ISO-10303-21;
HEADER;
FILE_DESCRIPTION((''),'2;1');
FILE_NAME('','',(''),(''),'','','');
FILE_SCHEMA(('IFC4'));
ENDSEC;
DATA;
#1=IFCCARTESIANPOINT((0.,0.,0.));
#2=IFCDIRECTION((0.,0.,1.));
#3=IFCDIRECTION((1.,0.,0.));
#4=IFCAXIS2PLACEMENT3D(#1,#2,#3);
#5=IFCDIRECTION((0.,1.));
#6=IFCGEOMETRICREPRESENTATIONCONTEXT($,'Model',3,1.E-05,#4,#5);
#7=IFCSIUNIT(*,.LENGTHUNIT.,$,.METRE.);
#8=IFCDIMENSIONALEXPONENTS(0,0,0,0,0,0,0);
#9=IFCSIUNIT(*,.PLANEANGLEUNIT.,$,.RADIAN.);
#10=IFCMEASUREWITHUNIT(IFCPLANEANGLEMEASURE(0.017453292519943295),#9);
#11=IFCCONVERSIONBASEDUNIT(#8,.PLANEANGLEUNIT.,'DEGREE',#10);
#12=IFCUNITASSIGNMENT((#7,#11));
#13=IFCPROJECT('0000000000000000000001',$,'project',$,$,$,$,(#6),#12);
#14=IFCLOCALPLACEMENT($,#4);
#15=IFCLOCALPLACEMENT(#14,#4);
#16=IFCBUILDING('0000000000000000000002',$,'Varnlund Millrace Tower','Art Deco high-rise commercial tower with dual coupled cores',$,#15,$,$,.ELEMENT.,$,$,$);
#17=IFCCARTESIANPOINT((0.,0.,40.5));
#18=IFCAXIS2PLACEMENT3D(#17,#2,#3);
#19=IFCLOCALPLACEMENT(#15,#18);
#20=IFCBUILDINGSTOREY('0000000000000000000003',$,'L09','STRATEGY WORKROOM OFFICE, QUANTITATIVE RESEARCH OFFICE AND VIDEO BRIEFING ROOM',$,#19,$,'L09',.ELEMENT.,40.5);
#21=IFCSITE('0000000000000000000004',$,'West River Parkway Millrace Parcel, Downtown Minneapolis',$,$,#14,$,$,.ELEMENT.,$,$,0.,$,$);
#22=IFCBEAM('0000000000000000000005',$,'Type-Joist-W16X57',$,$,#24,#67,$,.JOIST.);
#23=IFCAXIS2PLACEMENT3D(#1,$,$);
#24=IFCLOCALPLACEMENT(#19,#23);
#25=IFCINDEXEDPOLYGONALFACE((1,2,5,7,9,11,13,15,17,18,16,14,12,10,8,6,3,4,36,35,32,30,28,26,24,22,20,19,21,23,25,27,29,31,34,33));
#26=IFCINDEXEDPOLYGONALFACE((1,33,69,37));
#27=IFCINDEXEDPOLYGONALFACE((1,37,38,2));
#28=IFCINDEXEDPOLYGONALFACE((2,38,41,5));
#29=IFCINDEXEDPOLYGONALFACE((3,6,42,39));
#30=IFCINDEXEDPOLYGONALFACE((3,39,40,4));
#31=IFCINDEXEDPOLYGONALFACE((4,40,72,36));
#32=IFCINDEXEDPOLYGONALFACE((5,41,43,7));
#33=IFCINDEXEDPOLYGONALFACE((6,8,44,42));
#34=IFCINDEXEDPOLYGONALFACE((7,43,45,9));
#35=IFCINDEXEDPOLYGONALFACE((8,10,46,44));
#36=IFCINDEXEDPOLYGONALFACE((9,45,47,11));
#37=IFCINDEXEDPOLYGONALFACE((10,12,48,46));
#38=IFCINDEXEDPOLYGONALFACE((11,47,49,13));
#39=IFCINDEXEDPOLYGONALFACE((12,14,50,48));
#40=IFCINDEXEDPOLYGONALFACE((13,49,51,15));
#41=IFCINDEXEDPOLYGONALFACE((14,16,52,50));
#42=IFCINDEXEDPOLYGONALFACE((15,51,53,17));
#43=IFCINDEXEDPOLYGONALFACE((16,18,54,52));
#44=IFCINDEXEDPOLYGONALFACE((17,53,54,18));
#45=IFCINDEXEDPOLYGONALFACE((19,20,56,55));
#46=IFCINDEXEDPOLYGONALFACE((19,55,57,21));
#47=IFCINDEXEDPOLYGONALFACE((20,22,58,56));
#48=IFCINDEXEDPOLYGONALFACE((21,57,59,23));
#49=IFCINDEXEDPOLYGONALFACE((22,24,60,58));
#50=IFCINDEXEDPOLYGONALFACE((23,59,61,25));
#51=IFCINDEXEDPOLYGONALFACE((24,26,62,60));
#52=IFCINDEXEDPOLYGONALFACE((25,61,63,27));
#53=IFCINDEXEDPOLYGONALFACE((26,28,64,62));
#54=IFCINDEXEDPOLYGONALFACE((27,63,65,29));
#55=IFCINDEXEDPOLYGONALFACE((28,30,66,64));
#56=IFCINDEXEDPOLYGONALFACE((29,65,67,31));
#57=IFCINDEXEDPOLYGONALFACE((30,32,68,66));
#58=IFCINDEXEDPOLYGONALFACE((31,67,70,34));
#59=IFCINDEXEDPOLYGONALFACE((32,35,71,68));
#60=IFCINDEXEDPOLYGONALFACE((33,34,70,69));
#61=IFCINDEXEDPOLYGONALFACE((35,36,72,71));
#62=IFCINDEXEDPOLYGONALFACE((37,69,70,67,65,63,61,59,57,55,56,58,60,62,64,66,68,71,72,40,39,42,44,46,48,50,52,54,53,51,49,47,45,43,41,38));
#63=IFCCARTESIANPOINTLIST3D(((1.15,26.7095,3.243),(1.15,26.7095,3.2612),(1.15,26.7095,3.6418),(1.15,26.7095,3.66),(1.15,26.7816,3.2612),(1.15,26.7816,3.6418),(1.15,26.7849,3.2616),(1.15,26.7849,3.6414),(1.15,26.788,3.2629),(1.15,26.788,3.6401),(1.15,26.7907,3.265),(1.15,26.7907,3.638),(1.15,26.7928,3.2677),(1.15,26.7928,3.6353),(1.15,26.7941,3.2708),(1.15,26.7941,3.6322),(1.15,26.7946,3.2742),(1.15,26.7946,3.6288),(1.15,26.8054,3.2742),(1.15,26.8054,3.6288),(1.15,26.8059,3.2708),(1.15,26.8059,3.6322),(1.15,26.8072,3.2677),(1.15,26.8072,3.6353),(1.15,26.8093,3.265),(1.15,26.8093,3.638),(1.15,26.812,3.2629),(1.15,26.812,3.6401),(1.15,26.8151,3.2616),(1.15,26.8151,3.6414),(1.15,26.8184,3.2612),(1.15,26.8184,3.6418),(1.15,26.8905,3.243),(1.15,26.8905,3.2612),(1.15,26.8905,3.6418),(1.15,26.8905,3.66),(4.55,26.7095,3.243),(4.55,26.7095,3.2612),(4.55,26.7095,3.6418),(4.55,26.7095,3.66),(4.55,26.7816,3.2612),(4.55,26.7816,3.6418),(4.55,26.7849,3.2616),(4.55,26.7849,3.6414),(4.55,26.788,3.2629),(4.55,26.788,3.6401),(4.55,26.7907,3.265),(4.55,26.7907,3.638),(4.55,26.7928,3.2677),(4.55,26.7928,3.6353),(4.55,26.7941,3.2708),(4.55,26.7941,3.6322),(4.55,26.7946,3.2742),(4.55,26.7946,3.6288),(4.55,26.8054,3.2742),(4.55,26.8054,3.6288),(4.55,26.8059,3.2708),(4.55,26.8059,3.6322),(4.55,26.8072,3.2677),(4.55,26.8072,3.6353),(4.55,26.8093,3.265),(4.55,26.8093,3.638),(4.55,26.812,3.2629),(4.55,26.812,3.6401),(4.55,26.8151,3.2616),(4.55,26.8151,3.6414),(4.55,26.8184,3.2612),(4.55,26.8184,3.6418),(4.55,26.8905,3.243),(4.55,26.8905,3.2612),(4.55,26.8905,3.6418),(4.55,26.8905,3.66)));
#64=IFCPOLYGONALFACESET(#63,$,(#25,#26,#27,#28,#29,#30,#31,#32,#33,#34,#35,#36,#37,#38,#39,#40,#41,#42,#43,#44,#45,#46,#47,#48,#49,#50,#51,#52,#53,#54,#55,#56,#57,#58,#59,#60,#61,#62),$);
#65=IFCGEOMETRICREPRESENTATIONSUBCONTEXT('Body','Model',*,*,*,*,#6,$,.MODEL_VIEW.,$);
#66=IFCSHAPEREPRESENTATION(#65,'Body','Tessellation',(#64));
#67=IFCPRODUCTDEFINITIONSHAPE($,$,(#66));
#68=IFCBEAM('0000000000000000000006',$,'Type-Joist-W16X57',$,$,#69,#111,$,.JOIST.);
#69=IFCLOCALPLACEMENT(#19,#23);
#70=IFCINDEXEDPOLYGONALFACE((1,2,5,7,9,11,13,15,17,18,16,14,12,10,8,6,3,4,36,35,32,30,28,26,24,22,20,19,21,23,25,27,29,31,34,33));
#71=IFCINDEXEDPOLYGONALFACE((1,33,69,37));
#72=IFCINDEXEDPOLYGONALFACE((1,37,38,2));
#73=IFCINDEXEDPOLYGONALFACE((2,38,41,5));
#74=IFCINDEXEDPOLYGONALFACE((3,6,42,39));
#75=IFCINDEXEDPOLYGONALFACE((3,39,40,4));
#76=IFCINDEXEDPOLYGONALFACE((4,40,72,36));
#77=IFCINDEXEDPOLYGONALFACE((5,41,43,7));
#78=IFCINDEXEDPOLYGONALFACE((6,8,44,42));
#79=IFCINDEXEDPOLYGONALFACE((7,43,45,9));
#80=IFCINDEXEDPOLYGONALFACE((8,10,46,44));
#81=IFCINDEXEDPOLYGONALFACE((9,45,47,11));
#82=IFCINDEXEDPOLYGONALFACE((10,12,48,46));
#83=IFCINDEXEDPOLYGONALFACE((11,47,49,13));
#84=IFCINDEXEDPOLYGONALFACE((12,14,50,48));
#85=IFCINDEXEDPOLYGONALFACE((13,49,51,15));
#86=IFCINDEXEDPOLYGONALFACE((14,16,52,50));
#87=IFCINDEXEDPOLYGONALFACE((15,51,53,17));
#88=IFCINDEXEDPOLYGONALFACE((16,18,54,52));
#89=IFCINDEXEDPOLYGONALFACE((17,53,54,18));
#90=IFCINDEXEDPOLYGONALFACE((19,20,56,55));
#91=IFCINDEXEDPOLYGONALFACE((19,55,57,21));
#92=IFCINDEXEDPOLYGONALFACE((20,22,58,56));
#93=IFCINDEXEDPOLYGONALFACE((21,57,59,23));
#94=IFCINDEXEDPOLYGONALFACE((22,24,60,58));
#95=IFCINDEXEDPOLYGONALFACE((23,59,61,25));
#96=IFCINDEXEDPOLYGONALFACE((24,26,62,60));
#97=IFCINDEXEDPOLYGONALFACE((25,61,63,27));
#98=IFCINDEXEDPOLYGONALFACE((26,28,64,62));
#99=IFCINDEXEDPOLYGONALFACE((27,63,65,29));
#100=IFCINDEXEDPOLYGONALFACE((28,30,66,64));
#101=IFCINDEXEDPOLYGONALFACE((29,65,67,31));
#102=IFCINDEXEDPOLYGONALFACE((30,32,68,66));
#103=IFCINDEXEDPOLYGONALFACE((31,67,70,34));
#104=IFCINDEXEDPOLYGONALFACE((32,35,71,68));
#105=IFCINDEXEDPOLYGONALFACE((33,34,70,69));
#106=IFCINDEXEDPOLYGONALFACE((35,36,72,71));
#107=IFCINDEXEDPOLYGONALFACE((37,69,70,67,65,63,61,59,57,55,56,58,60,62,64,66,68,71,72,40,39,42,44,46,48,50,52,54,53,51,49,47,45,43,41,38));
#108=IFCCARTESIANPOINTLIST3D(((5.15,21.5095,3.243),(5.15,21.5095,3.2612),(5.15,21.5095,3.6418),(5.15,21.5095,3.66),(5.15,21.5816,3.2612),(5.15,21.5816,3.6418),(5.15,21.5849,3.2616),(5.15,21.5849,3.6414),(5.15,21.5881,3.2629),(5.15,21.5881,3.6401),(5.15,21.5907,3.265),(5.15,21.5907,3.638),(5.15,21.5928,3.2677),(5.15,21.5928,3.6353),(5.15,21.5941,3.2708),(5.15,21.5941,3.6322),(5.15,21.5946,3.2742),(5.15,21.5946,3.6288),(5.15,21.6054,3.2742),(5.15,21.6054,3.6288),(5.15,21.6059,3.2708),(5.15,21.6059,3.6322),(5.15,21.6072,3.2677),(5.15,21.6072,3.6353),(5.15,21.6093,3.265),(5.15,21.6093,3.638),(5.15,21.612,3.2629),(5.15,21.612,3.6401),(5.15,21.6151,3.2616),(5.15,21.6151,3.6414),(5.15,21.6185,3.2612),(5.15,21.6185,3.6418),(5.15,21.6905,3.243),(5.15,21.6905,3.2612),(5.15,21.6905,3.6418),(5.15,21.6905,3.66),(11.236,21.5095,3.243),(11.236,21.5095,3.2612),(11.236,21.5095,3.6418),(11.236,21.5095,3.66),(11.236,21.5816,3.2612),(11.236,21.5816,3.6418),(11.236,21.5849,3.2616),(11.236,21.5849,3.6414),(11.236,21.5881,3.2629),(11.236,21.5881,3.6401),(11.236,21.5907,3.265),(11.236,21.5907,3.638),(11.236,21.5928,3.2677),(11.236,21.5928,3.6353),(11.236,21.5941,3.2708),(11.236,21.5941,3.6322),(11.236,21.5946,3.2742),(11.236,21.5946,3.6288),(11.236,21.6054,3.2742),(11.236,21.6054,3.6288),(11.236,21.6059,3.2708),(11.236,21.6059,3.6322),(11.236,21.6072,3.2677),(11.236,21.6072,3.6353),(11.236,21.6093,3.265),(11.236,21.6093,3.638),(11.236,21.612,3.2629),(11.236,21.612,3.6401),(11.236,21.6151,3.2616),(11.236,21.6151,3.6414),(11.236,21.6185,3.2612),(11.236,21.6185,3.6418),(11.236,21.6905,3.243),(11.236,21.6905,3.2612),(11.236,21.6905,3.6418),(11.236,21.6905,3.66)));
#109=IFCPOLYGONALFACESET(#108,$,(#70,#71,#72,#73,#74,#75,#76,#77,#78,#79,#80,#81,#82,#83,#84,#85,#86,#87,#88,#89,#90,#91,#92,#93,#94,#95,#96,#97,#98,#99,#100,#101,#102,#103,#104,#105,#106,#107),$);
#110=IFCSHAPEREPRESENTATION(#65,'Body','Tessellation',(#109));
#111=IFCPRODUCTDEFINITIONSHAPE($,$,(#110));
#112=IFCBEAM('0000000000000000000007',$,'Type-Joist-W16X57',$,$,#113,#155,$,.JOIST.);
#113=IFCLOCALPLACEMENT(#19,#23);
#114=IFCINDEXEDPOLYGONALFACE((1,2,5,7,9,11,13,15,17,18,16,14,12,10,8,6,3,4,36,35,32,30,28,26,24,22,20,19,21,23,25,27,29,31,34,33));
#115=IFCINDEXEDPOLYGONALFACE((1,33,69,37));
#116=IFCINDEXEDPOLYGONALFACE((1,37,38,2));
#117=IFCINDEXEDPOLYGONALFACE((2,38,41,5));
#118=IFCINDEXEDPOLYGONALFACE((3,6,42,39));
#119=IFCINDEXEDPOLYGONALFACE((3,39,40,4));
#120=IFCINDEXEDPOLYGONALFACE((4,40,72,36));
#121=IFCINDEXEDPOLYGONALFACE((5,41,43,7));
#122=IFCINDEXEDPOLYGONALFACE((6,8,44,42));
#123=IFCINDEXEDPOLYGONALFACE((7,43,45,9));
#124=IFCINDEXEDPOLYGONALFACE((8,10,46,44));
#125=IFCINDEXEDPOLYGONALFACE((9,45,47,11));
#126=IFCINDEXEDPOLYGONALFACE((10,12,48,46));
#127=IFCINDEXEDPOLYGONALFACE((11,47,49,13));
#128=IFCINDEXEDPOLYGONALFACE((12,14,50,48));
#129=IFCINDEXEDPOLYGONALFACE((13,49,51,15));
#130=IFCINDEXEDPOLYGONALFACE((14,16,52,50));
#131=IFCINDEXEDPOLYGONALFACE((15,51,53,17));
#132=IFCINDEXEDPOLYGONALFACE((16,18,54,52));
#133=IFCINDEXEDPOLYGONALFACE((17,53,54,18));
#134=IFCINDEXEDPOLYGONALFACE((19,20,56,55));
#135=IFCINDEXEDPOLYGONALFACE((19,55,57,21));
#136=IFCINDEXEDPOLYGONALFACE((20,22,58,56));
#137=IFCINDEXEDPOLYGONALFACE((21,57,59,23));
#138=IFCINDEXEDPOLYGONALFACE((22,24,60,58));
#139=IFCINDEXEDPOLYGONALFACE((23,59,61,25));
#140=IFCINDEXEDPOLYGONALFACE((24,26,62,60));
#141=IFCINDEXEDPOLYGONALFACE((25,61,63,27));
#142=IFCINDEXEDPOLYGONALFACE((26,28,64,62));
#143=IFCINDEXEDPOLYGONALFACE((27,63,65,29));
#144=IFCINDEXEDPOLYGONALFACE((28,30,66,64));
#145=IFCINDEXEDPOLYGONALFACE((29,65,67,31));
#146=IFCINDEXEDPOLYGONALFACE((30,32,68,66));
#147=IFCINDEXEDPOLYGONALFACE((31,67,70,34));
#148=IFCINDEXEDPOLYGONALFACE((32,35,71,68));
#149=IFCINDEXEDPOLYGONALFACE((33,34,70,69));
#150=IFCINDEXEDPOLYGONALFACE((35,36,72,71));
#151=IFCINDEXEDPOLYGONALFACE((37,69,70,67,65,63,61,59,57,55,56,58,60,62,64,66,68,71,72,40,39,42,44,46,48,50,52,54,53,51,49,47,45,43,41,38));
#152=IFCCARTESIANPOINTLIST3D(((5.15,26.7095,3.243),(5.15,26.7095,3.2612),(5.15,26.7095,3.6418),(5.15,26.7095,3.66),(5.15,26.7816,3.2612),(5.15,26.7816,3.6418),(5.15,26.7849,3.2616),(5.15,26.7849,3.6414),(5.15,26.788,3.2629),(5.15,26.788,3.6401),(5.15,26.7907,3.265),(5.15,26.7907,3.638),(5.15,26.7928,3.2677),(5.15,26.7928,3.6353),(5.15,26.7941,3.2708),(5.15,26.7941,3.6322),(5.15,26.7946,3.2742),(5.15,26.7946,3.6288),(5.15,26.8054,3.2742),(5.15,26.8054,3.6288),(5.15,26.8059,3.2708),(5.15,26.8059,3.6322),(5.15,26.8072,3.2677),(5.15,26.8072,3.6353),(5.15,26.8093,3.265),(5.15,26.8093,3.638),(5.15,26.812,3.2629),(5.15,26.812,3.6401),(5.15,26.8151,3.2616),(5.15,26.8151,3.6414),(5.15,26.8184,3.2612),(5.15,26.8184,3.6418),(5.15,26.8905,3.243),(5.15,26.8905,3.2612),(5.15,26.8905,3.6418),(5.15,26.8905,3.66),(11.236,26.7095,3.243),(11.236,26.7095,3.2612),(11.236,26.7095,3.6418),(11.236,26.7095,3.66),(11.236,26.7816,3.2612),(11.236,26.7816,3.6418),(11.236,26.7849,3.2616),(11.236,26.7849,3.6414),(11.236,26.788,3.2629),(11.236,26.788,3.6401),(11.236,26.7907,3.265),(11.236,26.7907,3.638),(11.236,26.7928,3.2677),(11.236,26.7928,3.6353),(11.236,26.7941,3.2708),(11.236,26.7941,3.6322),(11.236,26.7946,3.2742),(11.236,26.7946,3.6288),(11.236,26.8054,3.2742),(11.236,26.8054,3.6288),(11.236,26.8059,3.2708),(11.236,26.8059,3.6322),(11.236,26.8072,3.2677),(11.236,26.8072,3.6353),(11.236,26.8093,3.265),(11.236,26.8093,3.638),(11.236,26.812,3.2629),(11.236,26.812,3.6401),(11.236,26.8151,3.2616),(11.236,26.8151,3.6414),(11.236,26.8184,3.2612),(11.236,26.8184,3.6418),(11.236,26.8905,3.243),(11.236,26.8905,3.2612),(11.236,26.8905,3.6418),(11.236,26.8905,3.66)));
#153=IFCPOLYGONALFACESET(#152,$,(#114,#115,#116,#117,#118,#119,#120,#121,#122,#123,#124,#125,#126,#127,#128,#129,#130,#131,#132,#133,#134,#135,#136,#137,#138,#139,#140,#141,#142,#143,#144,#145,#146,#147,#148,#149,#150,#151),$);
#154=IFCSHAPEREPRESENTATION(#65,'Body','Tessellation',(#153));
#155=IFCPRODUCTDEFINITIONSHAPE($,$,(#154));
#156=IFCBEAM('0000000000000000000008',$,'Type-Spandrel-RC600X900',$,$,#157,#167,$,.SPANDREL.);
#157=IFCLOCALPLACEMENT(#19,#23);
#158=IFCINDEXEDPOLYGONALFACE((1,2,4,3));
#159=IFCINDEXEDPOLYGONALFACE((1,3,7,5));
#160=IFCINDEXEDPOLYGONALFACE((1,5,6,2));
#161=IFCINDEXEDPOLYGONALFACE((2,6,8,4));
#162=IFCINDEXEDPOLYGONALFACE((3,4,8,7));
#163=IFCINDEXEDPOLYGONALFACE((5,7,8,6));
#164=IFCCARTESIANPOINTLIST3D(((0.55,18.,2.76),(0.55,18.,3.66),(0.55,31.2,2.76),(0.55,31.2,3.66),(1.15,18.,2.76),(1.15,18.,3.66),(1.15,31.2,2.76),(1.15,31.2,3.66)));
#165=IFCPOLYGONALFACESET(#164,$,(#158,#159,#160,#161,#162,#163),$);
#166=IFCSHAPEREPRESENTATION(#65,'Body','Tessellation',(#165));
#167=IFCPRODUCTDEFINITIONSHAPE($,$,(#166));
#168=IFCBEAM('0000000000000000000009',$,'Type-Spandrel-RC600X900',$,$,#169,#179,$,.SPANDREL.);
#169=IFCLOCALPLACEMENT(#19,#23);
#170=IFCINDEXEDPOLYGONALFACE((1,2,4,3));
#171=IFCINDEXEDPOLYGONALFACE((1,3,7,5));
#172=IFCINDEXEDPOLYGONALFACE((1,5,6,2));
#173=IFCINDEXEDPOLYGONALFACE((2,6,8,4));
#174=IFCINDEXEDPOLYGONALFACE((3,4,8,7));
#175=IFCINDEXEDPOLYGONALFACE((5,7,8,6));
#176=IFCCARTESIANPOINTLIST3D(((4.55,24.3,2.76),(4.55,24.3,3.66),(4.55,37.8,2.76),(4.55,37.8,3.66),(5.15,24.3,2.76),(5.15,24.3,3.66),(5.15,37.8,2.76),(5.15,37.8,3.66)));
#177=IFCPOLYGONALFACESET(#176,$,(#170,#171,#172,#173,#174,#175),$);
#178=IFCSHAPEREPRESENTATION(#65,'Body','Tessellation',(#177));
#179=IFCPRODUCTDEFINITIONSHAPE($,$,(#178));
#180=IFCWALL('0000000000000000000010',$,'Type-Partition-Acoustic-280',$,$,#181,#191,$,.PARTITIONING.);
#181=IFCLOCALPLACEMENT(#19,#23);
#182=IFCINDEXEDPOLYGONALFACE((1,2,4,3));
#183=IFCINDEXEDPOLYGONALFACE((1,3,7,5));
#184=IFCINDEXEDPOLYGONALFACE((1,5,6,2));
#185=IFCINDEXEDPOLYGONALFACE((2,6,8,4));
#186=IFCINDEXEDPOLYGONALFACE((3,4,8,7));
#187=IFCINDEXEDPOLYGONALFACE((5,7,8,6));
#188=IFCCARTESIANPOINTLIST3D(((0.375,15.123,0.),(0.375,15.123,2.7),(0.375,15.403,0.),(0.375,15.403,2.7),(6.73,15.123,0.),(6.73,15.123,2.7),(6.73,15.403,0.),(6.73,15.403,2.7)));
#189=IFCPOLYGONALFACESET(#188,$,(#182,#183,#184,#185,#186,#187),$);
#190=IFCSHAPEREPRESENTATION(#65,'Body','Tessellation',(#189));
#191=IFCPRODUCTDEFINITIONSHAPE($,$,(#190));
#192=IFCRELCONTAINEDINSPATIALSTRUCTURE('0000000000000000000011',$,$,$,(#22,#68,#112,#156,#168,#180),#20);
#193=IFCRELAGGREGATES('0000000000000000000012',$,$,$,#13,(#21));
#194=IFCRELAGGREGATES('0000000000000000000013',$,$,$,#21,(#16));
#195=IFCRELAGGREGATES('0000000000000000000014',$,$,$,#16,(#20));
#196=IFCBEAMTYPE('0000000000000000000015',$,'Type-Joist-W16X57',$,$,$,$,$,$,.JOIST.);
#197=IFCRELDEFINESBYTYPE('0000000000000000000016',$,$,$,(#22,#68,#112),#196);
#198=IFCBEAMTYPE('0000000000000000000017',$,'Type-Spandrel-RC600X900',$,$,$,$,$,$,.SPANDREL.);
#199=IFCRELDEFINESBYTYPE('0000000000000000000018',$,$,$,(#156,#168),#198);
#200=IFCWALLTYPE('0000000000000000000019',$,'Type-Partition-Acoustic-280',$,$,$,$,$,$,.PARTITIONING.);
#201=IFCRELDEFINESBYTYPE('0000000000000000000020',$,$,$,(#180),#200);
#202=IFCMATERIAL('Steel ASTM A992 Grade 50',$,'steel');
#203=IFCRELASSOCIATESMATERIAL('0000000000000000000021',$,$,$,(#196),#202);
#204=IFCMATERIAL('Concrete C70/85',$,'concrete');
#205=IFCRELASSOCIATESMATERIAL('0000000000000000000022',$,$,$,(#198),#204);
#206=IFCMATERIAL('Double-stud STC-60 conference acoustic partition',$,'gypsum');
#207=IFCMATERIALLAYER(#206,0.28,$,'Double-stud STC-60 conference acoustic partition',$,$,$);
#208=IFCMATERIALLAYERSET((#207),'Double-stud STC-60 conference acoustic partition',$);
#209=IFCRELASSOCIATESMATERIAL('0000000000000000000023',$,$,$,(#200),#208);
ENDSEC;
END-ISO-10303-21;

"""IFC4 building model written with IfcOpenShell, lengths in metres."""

from ifc_helpers import new_model, entity, si_unit, converted_unit, direction, frame, origin_with_axes, origin_2d_with_axis, place, context, subcontext, project, spatial, polyline, rectangle, i_section, outline, extrude, material, layer, layer_set, material_profile, profile_set, type_object, element, save


model = new_model("IFC4")

# Units and contexts
model_context = context("Model", 3, precision=1e-05, world=origin_with_axes(), true_north=direction((0.0, 1.0)))
body_context = subcontext(model_context, "Body", "Model", "MODEL_VIEW")
ifc_project = project(units=[si_unit("LENGTHUNIT", "METRE"), converted_unit("PLANEANGLEUNIT", "DEGREE", entity("IfcPlaneAngleMeasure", 0.017453292519943295), si_unit("PLANEANGLEUNIT", "RADIAN"), dimensions=[0, 0, 0, 0, 0, 0, 0])], contexts=[model_context])

# Site, building, storey
site_placement = place(None, origin_with_axes())
site = spatial("IfcSite", under=ifc_project, at=site_placement, Name="West River Parkway Millrace Parcel, Downtown Minneapolis", CompositionType="ELEMENT", RefElevation=0.0)
building_placement = place(site_placement, origin_with_axes())
building = spatial("IfcBuilding", under=site, at=building_placement, Name="Varnlund Millrace Tower", Description="Art Deco high-rise commercial tower with dual coupled cores", CompositionType="ELEMENT")
storey_placement = place(building_placement, frame((0.0, 0.0, 40.5), z_axis=(0.0, 0.0, 1.0), x_axis=(1.0, 0.0, 0.0)))
storey = spatial("IfcBuildingStorey", under=building, at=storey_placement, Name="L09", Description="STRATEGY WORKROOM OFFICE, QUANTITATIVE RESEARCH OFFICE AND VIDEO BRIEFING ROOM", LongName="L09", CompositionType="ELEMENT", Elevation=40.5)

# Beams
ifc_material_1 = material(Name="Steel ASTM A992 Grade 50", Category="steel")
ifc_material_profile_1 = material_profile(ifc_material_1, i_section(OverallWidth=0.181, OverallDepth=0.417, WebThickness=0.0109, FlangeThickness=0.0182, FilletRadius=0.013, at=origin_2d_with_axis()), Name="Steel ASTM A992 Grade 50")
ifc_profile_set_1 = profile_set([ifc_material_profile_1], Name="Steel ASTM A992 Grade 50")
beam_type_1 = type_object("IfcBeamType", Name="Type-Joist-W16X57", PredefinedType="JOIST", material=ifc_profile_set_1)
for number, where, z_axis, x_axis, name in (
    (1, (1.15, 26.8, 3.4515), (1.0, 0.0, 0.0), (0.0, 1.0, 0.0), "Type-Joist-W16X57"),
):
    element("IfcBeam", number, at=place(storey_placement, frame(where, z_axis=z_axis, x_axis=x_axis)), inside=storey, type_object=beam_type_1, Name=name, PredefinedType="JOIST", context=body_context, shape_type="SweptSolid", body=[
        extrude(i_section(OverallWidth=0.181, OverallDepth=0.417, WebThickness=0.0109, FlangeThickness=0.0182, FilletRadius=0.013, at=origin_2d_with_axis()), origin_with_axes(), (0.0, 0.0, 1.0), 3.4),
    ])
for number, where, z_axis, x_axis, name in (
    (2, (5.15, 21.6, 3.4515), (1.0, 0.0, 0.0), (0.0, 1.0, 0.0), "Type-Joist-W16X57"),
    (3, (5.15, 26.8, 3.4515), (1.0, 0.0, 0.0), (0.0, 1.0, 0.0), "Type-Joist-W16X57"),
):
    element("IfcBeam", number, at=place(storey_placement, frame(where, z_axis=z_axis, x_axis=x_axis)), inside=storey, type_object=beam_type_1, Name=name, PredefinedType="JOIST", context=body_context, shape_type="SweptSolid", body=[
        extrude(i_section(OverallWidth=0.181, OverallDepth=0.417, WebThickness=0.0109, FlangeThickness=0.0182, FilletRadius=0.013, at=origin_2d_with_axis()), origin_with_axes(), (0.0, 0.0, 1.0), 6.086),
    ])
ifc_material_2 = material(Name="Concrete C70/85", Category="concrete")
ifc_material_profile_2 = material_profile(ifc_material_2, rectangle(XDim=0.6, YDim=0.9, at=origin_2d_with_axis()), Name="Concrete C70/85")
ifc_profile_set_2 = profile_set([ifc_material_profile_2], Name="Concrete C70/85")
beam_type_2 = type_object("IfcBeamType", Name="Type-Spandrel-RC600X900", PredefinedType="SPANDREL", material=ifc_profile_set_2)
beam_1_placement = place(storey_placement, frame((0.85, 18.0, 3.21), z_axis=(0.0, 1.0, 0.0), x_axis=(-1.0, 0.0, 0.0)))
element("IfcBeam", 4, at=beam_1_placement, inside=storey, type_object=beam_type_2, Name="Type-Spandrel-RC600X900", PredefinedType="SPANDREL", context=body_context, shape_type="SweptSolid", body=[
    extrude(rectangle(XDim=0.6, YDim=0.9, at=origin_2d_with_axis()), origin_with_axes(), (0.0, 0.0, 1.0), 13.2),
])
beam_2_placement = place(storey_placement, frame((4.85, 24.3, 3.21), z_axis=(0.0, 1.0, 0.0), x_axis=(-1.0, 0.0, 0.0)))
element("IfcBeam", 5, at=beam_2_placement, inside=storey, type_object=beam_type_2, Name="Type-Spandrel-RC600X900", PredefinedType="SPANDREL", context=body_context, shape_type="SweptSolid", body=[
    extrude(rectangle(XDim=0.6, YDim=0.9, at=origin_2d_with_axis()), origin_with_axes(), (0.0, 0.0, 1.0), 13.5),
])

# Wall
ifc_material_3 = material(Name="Double-stud STC-60 conference acoustic partition", Category="gypsum")
ifc_layer_1 = layer(ifc_material_3, 0.28, Name="Double-stud STC-60 conference acoustic partition")
ifc_layer_set_1 = layer_set([ifc_layer_1], Name="Double-stud STC-60 conference acoustic partition")
wall_type_1 = type_object("IfcWallType", Name="Type-Partition-Acoustic-280", PredefinedType="PARTITIONING", material=ifc_layer_set_1)
wall_1_placement = place(storey_placement, frame((0.375, 15.263, 0.0), z_axis=(0.0, 0.0, 1.0), x_axis=(1.0, 0.0, 0.0)))
element("IfcWall", 6, at=wall_1_placement, inside=storey, type_object=wall_type_1, Name="Type-Partition-Acoustic-280", PredefinedType="PARTITIONING", context=body_context, shape_type="SweptSolid", body=[
    extrude(outline(polyline([(0.0, -0.14), (6.355, -0.14), (6.355, 0.14), (0.0, 0.14), (0.0, -0.14)])), origin_with_axes(), (0.0, 0.0, 1.0), 2.7),
])

save(model, "model.ifc")
